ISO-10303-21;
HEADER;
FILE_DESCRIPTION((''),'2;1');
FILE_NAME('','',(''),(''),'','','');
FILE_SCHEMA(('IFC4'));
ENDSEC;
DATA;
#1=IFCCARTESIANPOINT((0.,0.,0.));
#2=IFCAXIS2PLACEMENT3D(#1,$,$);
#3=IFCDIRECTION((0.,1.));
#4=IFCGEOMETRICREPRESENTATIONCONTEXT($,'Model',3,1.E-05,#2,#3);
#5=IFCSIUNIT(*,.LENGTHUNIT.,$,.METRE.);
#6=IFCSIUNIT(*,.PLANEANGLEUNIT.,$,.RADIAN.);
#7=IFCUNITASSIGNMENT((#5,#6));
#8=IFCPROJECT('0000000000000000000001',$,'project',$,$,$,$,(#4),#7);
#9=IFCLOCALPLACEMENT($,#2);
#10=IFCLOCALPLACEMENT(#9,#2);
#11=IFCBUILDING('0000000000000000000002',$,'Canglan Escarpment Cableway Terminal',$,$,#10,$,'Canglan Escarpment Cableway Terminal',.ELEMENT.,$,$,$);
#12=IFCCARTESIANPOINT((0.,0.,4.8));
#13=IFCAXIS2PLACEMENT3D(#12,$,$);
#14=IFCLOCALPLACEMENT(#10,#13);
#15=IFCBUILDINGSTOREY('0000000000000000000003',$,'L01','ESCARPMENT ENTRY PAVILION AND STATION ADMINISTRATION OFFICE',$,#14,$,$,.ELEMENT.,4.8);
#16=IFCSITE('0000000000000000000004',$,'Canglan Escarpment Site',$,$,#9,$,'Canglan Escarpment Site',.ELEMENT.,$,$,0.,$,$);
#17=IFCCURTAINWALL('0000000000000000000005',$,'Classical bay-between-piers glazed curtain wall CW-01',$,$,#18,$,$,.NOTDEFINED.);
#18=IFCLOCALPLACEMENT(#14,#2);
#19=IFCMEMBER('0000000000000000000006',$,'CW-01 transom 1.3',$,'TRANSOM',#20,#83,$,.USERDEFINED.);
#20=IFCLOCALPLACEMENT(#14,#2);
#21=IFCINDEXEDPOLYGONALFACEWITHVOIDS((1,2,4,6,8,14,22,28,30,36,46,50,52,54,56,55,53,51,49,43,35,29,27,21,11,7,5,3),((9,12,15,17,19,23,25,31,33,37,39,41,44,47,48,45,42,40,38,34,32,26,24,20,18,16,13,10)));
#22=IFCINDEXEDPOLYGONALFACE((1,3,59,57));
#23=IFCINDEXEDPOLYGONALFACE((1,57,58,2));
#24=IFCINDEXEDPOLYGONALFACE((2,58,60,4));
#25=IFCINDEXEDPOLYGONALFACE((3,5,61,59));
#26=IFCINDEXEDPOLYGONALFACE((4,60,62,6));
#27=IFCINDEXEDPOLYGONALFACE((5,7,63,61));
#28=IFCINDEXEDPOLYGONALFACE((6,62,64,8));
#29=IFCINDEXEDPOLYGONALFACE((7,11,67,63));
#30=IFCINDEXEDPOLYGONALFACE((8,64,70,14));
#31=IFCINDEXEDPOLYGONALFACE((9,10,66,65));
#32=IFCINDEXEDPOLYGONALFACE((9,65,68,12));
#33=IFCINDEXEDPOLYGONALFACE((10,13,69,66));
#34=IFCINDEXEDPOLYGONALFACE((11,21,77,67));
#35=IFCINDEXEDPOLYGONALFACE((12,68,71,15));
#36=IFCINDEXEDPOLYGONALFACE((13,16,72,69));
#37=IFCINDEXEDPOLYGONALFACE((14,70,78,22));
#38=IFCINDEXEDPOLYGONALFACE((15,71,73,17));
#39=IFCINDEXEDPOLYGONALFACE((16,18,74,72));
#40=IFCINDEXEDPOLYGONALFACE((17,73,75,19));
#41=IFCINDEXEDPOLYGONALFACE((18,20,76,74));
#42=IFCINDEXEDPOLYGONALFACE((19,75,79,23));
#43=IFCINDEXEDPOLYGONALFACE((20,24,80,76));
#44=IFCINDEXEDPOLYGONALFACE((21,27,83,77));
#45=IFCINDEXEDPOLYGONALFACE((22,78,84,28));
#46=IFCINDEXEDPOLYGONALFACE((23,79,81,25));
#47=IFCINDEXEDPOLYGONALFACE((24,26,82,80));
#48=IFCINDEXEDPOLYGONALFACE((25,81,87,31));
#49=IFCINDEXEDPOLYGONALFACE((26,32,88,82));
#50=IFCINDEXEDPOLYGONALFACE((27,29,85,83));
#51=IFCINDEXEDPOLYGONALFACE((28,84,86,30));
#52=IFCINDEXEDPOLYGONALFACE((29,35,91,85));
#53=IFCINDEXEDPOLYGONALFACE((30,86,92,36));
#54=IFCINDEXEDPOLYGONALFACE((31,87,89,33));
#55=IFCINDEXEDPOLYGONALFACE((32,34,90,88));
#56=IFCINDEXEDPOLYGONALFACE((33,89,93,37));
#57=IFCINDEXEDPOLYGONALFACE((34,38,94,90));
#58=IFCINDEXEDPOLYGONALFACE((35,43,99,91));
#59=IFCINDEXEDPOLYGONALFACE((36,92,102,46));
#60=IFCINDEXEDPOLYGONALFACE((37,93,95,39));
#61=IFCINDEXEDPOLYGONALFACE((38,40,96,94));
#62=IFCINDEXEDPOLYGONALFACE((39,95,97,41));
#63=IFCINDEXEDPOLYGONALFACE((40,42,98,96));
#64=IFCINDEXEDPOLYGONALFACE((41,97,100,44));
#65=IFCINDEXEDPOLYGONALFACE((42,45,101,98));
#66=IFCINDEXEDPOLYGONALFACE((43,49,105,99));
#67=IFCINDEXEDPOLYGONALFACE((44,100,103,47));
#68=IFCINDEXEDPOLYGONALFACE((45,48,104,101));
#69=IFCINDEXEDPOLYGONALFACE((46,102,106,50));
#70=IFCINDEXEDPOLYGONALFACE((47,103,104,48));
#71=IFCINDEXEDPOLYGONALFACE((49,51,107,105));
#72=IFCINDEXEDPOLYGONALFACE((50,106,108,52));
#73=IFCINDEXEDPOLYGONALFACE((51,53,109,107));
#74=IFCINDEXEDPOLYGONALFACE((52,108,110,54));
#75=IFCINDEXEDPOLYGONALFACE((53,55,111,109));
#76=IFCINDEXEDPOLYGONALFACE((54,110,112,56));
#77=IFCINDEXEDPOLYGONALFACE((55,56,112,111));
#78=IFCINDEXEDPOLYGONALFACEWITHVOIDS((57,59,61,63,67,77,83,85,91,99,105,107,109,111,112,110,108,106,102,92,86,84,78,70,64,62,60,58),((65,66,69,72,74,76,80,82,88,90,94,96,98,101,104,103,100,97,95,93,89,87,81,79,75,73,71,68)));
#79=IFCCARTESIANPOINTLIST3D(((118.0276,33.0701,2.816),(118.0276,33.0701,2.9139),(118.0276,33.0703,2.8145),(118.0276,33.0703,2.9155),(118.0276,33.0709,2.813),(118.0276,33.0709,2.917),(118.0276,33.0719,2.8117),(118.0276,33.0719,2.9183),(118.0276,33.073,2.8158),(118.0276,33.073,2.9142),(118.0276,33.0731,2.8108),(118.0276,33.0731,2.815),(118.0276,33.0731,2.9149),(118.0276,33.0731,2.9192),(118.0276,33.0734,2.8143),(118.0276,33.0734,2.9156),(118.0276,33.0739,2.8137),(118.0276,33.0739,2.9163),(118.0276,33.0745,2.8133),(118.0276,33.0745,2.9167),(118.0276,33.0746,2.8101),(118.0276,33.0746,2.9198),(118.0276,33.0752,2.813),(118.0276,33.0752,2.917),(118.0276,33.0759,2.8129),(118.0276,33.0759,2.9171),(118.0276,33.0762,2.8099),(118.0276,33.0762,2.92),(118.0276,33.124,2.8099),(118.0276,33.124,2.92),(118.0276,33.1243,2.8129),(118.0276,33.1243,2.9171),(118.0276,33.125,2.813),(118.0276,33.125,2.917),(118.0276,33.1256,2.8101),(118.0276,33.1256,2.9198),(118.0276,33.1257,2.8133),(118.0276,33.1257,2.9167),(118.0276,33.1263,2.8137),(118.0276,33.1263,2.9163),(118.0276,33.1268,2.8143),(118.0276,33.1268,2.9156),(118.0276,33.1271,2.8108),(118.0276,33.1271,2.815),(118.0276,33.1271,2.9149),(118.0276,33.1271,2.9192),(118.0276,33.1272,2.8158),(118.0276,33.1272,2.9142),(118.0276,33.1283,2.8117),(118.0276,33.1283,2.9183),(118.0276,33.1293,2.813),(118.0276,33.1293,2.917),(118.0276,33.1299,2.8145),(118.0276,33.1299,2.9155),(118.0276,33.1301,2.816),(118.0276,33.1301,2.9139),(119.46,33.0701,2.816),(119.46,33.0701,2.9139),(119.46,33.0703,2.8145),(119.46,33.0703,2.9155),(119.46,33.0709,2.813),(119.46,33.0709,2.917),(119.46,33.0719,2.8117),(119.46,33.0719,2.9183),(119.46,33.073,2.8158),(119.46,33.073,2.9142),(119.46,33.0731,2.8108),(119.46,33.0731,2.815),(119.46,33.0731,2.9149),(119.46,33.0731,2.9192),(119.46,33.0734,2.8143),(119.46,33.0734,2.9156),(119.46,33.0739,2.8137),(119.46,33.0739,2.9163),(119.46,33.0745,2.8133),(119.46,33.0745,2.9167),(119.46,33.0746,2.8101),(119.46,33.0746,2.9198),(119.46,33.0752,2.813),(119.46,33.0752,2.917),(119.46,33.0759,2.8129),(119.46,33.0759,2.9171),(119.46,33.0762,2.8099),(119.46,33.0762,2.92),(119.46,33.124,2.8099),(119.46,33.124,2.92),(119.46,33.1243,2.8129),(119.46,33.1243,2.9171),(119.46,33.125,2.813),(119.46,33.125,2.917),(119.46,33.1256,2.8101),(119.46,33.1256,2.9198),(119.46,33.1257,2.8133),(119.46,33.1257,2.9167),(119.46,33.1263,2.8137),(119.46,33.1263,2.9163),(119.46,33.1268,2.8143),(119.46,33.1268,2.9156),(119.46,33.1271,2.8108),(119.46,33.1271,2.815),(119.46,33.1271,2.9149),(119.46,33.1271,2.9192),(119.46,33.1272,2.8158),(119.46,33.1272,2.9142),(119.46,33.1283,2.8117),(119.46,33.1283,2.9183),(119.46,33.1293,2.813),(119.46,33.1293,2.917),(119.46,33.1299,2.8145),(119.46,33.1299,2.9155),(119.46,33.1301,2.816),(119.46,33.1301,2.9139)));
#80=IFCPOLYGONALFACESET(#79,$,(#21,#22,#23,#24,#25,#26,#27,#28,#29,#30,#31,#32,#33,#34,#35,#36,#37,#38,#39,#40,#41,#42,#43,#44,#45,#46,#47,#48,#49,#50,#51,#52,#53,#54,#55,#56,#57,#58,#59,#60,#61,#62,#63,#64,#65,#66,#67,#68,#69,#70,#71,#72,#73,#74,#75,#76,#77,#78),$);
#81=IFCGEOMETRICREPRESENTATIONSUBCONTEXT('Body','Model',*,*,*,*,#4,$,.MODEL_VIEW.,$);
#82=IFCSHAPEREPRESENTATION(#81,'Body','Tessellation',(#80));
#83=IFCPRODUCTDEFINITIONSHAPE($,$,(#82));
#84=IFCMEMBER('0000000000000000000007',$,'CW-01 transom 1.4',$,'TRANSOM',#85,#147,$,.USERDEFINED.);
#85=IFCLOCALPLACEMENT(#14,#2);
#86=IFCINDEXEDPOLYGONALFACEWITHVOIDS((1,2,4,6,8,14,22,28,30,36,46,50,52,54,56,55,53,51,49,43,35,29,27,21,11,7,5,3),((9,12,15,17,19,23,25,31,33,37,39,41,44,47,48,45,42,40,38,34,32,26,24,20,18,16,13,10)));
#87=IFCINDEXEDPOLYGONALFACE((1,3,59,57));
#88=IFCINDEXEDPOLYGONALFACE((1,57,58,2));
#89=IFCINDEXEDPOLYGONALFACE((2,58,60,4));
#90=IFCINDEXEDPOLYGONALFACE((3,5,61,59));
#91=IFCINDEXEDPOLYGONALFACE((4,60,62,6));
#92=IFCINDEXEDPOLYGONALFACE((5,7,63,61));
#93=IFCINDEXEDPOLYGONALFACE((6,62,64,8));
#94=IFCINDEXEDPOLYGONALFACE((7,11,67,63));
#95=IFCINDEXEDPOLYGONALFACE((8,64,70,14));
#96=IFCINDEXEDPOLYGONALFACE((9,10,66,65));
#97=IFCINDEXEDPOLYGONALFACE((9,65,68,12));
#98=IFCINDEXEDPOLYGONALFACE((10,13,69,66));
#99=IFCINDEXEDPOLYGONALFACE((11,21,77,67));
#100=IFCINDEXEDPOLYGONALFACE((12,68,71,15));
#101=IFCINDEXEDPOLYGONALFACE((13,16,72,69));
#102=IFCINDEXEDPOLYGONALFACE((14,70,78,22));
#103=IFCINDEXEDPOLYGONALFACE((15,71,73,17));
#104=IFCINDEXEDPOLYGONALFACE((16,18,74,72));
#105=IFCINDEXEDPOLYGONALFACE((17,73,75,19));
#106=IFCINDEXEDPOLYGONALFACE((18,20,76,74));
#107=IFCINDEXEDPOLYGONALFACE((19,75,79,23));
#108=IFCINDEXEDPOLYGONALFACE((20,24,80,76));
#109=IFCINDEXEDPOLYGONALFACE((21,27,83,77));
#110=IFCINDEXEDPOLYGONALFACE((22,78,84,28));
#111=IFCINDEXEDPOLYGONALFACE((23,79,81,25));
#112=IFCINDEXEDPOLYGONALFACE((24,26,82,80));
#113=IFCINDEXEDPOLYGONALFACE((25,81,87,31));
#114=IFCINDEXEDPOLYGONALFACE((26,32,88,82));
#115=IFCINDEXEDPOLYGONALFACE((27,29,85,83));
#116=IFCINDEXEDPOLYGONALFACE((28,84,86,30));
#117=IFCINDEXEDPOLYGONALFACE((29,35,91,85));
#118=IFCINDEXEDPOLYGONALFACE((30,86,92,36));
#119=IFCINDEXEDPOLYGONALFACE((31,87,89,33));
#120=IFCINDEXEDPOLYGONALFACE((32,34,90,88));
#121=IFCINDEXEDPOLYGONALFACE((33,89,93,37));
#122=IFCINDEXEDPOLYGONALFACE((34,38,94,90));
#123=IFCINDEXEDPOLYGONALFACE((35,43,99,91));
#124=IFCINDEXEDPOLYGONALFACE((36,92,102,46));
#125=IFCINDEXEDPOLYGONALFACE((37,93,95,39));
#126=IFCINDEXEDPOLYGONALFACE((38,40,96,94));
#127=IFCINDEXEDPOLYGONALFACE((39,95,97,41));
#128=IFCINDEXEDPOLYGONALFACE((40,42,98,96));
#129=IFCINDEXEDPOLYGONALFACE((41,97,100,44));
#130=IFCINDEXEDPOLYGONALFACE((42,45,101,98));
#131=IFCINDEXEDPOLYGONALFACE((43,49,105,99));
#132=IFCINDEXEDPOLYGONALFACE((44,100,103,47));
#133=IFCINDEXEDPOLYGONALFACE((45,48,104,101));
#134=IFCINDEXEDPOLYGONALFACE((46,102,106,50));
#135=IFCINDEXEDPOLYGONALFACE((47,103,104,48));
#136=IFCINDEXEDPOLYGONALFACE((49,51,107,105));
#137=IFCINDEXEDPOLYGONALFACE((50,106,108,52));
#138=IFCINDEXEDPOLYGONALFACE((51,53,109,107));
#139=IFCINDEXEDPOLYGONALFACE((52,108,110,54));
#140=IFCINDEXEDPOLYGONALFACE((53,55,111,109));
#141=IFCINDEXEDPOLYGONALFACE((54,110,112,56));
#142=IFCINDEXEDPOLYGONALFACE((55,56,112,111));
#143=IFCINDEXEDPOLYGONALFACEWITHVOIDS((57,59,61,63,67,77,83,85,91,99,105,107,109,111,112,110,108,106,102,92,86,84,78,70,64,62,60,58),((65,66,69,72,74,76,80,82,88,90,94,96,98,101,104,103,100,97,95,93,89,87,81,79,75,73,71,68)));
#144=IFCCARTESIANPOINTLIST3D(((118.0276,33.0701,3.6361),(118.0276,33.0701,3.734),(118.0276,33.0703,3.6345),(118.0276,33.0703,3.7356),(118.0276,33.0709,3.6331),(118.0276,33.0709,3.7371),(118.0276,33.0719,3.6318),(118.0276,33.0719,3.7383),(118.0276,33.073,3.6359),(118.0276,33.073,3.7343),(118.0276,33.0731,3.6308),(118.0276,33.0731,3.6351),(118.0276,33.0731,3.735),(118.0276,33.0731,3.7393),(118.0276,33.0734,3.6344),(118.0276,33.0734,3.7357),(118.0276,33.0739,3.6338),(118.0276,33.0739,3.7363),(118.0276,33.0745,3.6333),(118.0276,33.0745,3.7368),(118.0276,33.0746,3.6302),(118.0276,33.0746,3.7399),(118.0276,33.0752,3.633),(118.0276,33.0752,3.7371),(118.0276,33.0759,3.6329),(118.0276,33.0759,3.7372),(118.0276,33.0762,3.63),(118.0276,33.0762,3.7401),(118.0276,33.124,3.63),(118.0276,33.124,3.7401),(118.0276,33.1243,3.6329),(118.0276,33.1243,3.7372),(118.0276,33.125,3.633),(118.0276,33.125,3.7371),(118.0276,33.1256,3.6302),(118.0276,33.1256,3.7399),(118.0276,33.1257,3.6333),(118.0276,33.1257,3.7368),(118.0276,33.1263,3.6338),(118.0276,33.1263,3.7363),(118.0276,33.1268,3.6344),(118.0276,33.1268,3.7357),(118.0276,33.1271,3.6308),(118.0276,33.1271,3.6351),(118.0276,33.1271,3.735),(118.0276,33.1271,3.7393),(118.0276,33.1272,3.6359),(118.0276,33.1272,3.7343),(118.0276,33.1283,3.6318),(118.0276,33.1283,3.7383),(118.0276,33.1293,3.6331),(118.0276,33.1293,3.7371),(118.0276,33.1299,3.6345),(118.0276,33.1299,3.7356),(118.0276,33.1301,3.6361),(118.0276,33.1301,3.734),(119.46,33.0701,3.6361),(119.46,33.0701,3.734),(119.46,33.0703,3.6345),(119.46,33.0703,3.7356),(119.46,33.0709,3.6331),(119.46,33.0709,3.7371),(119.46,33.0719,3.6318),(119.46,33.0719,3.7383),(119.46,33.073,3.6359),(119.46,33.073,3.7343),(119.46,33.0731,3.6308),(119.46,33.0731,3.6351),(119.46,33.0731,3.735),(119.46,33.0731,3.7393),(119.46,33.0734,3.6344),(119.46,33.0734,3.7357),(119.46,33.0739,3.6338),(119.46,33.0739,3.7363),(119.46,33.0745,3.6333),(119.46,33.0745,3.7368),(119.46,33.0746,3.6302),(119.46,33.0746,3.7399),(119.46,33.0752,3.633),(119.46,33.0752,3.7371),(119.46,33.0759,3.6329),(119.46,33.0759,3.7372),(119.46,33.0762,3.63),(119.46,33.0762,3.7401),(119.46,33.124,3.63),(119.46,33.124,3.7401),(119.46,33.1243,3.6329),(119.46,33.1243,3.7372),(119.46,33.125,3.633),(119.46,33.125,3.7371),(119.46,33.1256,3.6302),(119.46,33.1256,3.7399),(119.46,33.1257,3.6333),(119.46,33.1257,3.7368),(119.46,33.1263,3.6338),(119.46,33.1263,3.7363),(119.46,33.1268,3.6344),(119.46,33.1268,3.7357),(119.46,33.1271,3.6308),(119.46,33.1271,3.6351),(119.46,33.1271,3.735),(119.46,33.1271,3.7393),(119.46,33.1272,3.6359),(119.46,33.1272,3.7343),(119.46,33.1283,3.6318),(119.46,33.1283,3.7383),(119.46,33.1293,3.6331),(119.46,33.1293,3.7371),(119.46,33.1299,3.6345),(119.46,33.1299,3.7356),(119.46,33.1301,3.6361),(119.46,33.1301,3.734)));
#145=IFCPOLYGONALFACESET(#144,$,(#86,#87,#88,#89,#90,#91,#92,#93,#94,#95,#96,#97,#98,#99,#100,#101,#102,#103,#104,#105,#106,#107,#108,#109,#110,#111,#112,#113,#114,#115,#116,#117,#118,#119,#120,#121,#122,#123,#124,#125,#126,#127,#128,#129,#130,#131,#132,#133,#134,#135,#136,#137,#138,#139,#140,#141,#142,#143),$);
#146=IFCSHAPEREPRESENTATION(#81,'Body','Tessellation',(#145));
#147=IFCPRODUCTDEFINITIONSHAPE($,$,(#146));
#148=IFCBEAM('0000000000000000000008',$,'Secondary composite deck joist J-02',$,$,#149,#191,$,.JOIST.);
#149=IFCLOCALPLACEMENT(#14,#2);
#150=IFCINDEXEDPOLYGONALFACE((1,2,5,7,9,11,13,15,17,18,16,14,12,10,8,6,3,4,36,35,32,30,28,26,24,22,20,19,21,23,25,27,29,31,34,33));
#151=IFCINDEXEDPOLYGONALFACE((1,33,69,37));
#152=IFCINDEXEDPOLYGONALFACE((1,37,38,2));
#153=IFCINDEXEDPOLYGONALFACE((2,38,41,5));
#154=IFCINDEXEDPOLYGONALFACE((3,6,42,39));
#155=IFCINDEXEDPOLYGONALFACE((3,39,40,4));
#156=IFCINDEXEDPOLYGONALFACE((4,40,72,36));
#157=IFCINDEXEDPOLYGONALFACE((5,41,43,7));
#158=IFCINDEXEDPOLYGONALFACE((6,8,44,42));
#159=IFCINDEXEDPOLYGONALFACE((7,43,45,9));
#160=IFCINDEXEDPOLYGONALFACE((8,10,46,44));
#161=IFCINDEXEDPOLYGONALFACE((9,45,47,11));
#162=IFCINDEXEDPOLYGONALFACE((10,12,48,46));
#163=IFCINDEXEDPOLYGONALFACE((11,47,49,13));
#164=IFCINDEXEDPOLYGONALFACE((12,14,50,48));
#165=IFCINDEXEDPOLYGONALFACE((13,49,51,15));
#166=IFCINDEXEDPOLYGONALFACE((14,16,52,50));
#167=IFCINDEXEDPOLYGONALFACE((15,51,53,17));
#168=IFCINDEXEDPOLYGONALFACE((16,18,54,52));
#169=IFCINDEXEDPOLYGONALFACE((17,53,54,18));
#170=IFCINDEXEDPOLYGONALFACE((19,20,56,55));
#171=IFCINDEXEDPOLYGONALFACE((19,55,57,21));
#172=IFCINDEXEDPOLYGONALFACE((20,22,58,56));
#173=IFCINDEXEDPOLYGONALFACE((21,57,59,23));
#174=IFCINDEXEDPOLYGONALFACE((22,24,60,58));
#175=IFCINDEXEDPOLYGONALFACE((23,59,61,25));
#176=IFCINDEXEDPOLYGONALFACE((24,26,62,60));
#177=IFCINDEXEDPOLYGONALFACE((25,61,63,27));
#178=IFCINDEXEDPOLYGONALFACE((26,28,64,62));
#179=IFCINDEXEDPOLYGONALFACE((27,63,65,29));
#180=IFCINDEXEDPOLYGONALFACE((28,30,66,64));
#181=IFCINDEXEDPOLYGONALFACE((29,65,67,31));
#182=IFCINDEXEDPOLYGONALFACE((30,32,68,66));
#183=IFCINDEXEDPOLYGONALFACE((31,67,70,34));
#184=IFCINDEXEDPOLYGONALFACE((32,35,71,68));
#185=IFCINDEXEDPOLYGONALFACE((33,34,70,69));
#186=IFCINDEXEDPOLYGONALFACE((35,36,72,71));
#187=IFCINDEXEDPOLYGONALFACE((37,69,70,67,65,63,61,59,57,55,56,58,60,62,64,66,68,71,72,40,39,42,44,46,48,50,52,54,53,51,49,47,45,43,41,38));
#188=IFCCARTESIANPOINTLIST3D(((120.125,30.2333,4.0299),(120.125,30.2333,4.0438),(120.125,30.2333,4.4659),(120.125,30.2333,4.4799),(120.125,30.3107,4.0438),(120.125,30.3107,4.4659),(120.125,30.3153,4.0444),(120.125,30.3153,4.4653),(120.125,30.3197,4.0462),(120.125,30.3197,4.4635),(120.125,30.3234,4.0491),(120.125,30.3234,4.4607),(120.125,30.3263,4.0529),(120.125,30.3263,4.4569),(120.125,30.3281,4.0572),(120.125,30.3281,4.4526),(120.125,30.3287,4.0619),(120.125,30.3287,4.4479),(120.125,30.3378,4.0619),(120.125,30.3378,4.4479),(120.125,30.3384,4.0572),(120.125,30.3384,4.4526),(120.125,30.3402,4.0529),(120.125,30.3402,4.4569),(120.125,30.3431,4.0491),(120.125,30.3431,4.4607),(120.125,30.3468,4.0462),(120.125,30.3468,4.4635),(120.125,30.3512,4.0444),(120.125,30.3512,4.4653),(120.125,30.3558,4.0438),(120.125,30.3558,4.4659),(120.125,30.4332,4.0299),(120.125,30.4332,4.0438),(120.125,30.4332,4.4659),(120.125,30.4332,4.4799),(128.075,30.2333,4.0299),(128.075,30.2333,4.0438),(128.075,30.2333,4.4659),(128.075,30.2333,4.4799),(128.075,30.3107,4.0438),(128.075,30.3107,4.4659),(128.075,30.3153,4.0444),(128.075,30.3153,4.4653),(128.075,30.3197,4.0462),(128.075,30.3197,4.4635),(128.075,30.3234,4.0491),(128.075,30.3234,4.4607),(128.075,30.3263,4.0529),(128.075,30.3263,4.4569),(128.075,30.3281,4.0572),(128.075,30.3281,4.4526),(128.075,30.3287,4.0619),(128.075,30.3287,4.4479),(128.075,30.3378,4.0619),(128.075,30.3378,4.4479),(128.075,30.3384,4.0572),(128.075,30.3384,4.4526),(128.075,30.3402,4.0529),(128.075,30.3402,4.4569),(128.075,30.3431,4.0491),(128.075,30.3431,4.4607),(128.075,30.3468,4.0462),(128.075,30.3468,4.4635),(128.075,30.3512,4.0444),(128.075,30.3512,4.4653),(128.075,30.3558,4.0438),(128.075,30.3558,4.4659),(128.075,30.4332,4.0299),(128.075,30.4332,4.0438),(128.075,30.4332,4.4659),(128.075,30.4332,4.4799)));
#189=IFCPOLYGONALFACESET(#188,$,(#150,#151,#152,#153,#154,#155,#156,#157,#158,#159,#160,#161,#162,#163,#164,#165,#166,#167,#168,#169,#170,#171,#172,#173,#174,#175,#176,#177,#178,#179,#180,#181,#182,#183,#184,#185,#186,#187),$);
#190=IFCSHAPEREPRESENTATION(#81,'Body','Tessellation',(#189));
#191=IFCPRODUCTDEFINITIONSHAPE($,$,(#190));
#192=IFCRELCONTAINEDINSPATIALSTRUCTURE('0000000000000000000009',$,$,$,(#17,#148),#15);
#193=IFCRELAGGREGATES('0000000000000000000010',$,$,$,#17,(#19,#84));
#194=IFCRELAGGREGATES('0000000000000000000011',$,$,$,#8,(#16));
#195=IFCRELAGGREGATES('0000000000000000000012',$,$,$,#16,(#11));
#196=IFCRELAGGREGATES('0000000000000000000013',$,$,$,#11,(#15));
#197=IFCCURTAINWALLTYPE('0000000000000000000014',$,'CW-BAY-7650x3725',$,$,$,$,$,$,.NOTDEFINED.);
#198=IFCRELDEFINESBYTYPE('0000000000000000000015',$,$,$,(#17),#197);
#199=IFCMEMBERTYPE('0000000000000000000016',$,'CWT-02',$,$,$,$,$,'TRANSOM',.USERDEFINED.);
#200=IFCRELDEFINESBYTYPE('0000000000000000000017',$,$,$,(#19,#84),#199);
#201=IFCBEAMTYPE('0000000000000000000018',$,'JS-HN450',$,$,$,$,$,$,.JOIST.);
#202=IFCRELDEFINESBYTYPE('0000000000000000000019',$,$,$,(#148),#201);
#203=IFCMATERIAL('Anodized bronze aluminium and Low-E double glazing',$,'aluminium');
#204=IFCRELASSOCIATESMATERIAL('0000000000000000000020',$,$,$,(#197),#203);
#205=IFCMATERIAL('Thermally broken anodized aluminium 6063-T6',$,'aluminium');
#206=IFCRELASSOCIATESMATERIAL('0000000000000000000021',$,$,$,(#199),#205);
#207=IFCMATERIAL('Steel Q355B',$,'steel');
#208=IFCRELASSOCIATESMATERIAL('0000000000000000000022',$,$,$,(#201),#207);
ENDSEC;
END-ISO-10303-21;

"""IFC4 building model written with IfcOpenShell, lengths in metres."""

from ifc_helpers import new_model, si_unit, direction, frame, origin, origin_2d, place, context, subcontext, project, spatial, hollow_rectangle, i_section, extrude, material, material_profile, profile_set, type_object, element, aggregate, save


model = new_model("IFC4")

# Units and contexts
model_context = context("Model", 3, precision=1e-05, world=origin(), true_north=direction((0.0, 1.0)))
body_context = subcontext(model_context, "Body", "Model", "MODEL_VIEW")
ifc_project = project(units=[si_unit("LENGTHUNIT", "METRE"), si_unit("PLANEANGLEUNIT", "RADIAN")], contexts=[model_context])

# Site, building, storey
site_placement = place(None, origin())
site = spatial("IfcSite", under=ifc_project, at=site_placement, Name="Canglan Escarpment Site", LongName="Canglan Escarpment Site", CompositionType="ELEMENT", RefElevation=0.0)
building_placement = place(site_placement, origin())
building = spatial("IfcBuilding", under=site, at=building_placement, Name="Canglan Escarpment Cableway Terminal", LongName="Canglan Escarpment Cableway Terminal", CompositionType="ELEMENT")
storey_placement = place(building_placement, frame((0.0, 0.0, 4.8)))
storey = spatial("IfcBuildingStorey", under=building, at=storey_placement, Name="L01", Description="ESCARPMENT ENTRY PAVILION AND STATION ADMINISTRATION OFFICE", CompositionType="ELEMENT", Elevation=4.8)

# Curtain wall
ifc_material_1 = material(Name="Anodized bronze aluminium and Low-E double glazing", Category="aluminium")
curtain_wall_type = type_object("IfcCurtainWallType", Name="CW-BAY-7650x3725", PredefinedType="NOTDEFINED", material=ifc_material_1)
curtain_wall_1_placement = place(storey_placement, origin())
curtain_wall_1 = element("IfcCurtainWall", 1, at=curtain_wall_1_placement, inside=storey, type_object=curtain_wall_type, Name="Classical bay-between-piers glazed curtain wall CW-01", PredefinedType="NOTDEFINED")
ifc_material_2 = material(Name="Thermally broken anodized aluminium 6063-T6", Category="aluminium")

# Members
ifc_material_profile_1 = material_profile(ifc_material_2, hollow_rectangle(XDim=0.0601, YDim=0.1101, WallThickness=0.0029, InnerFilletRadius=0.0029, OuterFilletRadius=0.0061, at=origin_2d()), Name="ALU-TRAN 60x110x3")
ifc_profile_set_1 = profile_set([ifc_material_profile_1], Name="Thermally broken anodized aluminium 6063-T6")
member_type_1 = type_object("IfcMemberType", Name="CWT-02", ElementType="TRANSOM", PredefinedType="USERDEFINED", material=ifc_profile_set_1)
member_1_placement = place(storey_placement, frame((119.46, 33.1001, 2.865), z_axis=(-1.0, 0.0, 0.0), x_axis=(0.0, -1.0, 0.0)))
member_1 = element("IfcMember", 2, at=member_1_placement, type_object=member_type_1, Name="CW-01 transom 1.3", ObjectType="TRANSOM", PredefinedType="USERDEFINED", context=body_context, shape_type="SweptSolid", body=[
    extrude(hollow_rectangle(XDim=0.0601, YDim=0.1101, WallThickness=0.0029, InnerFilletRadius=0.0029, OuterFilletRadius=0.0061, at=origin_2d()), origin(), (0.0, 0.0, 1.0), 1.4324),
])
member_2_placement = place(storey_placement, frame((119.46, 33.1001, 3.6851), z_axis=(-1.0, 0.0, 0.0), x_axis=(0.0, -1.0, 0.0)))
member_2 = element("IfcMember", 3, at=member_2_placement, type_object=member_type_1, Name="CW-01 transom 1.4", ObjectType="TRANSOM", PredefinedType="USERDEFINED", context=body_context, shape_type="SweptSolid", body=[
    extrude(hollow_rectangle(XDim=0.0601, YDim=0.1101, WallThickness=0.0029, InnerFilletRadius=0.0029, OuterFilletRadius=0.0061, at=origin_2d()), origin(), (0.0, 0.0, 1.0), 1.4324),
])
aggregate(curtain_wall_1, [member_1, member_2])

# Beam
ifc_material_3 = material(Name="Steel Q355B", Category="steel")
ifc_material_profile_2 = material_profile(ifc_material_3, i_section(OverallWidth=0.2, OverallDepth=0.45, WebThickness=0.009, FlangeThickness=0.0139, FilletRadius=0.0181, at=origin_2d()), Name="HN 450x200x9x14")
ifc_profile_set_2 = profile_set([ifc_material_profile_2], Name="Steel Q355B")
beam_type_1 = type_object("IfcBeamType", Name="JS-HN450", PredefinedType="JOIST", material=ifc_profile_set_2)
beam_1_placement = place(storey_placement, frame((120.125, 30.3333, 4.2549), z_axis=(1.0, 0.0, 0.0), x_axis=(0.0, 1.0, 0.0)))
element("IfcBeam", 4, at=beam_1_placement, inside=storey, type_object=beam_type_1, Name="Secondary composite deck joist J-02", PredefinedType="JOIST", context=body_context, shape_type="SweptSolid", body=[
    extrude(i_section(OverallWidth=0.2, OverallDepth=0.45, WebThickness=0.009, FlangeThickness=0.0139, FilletRadius=0.0181, at=origin_2d()), origin(), (0.0, 0.0, 1.0), 7.95),
])

save(model, "model.ifc")
